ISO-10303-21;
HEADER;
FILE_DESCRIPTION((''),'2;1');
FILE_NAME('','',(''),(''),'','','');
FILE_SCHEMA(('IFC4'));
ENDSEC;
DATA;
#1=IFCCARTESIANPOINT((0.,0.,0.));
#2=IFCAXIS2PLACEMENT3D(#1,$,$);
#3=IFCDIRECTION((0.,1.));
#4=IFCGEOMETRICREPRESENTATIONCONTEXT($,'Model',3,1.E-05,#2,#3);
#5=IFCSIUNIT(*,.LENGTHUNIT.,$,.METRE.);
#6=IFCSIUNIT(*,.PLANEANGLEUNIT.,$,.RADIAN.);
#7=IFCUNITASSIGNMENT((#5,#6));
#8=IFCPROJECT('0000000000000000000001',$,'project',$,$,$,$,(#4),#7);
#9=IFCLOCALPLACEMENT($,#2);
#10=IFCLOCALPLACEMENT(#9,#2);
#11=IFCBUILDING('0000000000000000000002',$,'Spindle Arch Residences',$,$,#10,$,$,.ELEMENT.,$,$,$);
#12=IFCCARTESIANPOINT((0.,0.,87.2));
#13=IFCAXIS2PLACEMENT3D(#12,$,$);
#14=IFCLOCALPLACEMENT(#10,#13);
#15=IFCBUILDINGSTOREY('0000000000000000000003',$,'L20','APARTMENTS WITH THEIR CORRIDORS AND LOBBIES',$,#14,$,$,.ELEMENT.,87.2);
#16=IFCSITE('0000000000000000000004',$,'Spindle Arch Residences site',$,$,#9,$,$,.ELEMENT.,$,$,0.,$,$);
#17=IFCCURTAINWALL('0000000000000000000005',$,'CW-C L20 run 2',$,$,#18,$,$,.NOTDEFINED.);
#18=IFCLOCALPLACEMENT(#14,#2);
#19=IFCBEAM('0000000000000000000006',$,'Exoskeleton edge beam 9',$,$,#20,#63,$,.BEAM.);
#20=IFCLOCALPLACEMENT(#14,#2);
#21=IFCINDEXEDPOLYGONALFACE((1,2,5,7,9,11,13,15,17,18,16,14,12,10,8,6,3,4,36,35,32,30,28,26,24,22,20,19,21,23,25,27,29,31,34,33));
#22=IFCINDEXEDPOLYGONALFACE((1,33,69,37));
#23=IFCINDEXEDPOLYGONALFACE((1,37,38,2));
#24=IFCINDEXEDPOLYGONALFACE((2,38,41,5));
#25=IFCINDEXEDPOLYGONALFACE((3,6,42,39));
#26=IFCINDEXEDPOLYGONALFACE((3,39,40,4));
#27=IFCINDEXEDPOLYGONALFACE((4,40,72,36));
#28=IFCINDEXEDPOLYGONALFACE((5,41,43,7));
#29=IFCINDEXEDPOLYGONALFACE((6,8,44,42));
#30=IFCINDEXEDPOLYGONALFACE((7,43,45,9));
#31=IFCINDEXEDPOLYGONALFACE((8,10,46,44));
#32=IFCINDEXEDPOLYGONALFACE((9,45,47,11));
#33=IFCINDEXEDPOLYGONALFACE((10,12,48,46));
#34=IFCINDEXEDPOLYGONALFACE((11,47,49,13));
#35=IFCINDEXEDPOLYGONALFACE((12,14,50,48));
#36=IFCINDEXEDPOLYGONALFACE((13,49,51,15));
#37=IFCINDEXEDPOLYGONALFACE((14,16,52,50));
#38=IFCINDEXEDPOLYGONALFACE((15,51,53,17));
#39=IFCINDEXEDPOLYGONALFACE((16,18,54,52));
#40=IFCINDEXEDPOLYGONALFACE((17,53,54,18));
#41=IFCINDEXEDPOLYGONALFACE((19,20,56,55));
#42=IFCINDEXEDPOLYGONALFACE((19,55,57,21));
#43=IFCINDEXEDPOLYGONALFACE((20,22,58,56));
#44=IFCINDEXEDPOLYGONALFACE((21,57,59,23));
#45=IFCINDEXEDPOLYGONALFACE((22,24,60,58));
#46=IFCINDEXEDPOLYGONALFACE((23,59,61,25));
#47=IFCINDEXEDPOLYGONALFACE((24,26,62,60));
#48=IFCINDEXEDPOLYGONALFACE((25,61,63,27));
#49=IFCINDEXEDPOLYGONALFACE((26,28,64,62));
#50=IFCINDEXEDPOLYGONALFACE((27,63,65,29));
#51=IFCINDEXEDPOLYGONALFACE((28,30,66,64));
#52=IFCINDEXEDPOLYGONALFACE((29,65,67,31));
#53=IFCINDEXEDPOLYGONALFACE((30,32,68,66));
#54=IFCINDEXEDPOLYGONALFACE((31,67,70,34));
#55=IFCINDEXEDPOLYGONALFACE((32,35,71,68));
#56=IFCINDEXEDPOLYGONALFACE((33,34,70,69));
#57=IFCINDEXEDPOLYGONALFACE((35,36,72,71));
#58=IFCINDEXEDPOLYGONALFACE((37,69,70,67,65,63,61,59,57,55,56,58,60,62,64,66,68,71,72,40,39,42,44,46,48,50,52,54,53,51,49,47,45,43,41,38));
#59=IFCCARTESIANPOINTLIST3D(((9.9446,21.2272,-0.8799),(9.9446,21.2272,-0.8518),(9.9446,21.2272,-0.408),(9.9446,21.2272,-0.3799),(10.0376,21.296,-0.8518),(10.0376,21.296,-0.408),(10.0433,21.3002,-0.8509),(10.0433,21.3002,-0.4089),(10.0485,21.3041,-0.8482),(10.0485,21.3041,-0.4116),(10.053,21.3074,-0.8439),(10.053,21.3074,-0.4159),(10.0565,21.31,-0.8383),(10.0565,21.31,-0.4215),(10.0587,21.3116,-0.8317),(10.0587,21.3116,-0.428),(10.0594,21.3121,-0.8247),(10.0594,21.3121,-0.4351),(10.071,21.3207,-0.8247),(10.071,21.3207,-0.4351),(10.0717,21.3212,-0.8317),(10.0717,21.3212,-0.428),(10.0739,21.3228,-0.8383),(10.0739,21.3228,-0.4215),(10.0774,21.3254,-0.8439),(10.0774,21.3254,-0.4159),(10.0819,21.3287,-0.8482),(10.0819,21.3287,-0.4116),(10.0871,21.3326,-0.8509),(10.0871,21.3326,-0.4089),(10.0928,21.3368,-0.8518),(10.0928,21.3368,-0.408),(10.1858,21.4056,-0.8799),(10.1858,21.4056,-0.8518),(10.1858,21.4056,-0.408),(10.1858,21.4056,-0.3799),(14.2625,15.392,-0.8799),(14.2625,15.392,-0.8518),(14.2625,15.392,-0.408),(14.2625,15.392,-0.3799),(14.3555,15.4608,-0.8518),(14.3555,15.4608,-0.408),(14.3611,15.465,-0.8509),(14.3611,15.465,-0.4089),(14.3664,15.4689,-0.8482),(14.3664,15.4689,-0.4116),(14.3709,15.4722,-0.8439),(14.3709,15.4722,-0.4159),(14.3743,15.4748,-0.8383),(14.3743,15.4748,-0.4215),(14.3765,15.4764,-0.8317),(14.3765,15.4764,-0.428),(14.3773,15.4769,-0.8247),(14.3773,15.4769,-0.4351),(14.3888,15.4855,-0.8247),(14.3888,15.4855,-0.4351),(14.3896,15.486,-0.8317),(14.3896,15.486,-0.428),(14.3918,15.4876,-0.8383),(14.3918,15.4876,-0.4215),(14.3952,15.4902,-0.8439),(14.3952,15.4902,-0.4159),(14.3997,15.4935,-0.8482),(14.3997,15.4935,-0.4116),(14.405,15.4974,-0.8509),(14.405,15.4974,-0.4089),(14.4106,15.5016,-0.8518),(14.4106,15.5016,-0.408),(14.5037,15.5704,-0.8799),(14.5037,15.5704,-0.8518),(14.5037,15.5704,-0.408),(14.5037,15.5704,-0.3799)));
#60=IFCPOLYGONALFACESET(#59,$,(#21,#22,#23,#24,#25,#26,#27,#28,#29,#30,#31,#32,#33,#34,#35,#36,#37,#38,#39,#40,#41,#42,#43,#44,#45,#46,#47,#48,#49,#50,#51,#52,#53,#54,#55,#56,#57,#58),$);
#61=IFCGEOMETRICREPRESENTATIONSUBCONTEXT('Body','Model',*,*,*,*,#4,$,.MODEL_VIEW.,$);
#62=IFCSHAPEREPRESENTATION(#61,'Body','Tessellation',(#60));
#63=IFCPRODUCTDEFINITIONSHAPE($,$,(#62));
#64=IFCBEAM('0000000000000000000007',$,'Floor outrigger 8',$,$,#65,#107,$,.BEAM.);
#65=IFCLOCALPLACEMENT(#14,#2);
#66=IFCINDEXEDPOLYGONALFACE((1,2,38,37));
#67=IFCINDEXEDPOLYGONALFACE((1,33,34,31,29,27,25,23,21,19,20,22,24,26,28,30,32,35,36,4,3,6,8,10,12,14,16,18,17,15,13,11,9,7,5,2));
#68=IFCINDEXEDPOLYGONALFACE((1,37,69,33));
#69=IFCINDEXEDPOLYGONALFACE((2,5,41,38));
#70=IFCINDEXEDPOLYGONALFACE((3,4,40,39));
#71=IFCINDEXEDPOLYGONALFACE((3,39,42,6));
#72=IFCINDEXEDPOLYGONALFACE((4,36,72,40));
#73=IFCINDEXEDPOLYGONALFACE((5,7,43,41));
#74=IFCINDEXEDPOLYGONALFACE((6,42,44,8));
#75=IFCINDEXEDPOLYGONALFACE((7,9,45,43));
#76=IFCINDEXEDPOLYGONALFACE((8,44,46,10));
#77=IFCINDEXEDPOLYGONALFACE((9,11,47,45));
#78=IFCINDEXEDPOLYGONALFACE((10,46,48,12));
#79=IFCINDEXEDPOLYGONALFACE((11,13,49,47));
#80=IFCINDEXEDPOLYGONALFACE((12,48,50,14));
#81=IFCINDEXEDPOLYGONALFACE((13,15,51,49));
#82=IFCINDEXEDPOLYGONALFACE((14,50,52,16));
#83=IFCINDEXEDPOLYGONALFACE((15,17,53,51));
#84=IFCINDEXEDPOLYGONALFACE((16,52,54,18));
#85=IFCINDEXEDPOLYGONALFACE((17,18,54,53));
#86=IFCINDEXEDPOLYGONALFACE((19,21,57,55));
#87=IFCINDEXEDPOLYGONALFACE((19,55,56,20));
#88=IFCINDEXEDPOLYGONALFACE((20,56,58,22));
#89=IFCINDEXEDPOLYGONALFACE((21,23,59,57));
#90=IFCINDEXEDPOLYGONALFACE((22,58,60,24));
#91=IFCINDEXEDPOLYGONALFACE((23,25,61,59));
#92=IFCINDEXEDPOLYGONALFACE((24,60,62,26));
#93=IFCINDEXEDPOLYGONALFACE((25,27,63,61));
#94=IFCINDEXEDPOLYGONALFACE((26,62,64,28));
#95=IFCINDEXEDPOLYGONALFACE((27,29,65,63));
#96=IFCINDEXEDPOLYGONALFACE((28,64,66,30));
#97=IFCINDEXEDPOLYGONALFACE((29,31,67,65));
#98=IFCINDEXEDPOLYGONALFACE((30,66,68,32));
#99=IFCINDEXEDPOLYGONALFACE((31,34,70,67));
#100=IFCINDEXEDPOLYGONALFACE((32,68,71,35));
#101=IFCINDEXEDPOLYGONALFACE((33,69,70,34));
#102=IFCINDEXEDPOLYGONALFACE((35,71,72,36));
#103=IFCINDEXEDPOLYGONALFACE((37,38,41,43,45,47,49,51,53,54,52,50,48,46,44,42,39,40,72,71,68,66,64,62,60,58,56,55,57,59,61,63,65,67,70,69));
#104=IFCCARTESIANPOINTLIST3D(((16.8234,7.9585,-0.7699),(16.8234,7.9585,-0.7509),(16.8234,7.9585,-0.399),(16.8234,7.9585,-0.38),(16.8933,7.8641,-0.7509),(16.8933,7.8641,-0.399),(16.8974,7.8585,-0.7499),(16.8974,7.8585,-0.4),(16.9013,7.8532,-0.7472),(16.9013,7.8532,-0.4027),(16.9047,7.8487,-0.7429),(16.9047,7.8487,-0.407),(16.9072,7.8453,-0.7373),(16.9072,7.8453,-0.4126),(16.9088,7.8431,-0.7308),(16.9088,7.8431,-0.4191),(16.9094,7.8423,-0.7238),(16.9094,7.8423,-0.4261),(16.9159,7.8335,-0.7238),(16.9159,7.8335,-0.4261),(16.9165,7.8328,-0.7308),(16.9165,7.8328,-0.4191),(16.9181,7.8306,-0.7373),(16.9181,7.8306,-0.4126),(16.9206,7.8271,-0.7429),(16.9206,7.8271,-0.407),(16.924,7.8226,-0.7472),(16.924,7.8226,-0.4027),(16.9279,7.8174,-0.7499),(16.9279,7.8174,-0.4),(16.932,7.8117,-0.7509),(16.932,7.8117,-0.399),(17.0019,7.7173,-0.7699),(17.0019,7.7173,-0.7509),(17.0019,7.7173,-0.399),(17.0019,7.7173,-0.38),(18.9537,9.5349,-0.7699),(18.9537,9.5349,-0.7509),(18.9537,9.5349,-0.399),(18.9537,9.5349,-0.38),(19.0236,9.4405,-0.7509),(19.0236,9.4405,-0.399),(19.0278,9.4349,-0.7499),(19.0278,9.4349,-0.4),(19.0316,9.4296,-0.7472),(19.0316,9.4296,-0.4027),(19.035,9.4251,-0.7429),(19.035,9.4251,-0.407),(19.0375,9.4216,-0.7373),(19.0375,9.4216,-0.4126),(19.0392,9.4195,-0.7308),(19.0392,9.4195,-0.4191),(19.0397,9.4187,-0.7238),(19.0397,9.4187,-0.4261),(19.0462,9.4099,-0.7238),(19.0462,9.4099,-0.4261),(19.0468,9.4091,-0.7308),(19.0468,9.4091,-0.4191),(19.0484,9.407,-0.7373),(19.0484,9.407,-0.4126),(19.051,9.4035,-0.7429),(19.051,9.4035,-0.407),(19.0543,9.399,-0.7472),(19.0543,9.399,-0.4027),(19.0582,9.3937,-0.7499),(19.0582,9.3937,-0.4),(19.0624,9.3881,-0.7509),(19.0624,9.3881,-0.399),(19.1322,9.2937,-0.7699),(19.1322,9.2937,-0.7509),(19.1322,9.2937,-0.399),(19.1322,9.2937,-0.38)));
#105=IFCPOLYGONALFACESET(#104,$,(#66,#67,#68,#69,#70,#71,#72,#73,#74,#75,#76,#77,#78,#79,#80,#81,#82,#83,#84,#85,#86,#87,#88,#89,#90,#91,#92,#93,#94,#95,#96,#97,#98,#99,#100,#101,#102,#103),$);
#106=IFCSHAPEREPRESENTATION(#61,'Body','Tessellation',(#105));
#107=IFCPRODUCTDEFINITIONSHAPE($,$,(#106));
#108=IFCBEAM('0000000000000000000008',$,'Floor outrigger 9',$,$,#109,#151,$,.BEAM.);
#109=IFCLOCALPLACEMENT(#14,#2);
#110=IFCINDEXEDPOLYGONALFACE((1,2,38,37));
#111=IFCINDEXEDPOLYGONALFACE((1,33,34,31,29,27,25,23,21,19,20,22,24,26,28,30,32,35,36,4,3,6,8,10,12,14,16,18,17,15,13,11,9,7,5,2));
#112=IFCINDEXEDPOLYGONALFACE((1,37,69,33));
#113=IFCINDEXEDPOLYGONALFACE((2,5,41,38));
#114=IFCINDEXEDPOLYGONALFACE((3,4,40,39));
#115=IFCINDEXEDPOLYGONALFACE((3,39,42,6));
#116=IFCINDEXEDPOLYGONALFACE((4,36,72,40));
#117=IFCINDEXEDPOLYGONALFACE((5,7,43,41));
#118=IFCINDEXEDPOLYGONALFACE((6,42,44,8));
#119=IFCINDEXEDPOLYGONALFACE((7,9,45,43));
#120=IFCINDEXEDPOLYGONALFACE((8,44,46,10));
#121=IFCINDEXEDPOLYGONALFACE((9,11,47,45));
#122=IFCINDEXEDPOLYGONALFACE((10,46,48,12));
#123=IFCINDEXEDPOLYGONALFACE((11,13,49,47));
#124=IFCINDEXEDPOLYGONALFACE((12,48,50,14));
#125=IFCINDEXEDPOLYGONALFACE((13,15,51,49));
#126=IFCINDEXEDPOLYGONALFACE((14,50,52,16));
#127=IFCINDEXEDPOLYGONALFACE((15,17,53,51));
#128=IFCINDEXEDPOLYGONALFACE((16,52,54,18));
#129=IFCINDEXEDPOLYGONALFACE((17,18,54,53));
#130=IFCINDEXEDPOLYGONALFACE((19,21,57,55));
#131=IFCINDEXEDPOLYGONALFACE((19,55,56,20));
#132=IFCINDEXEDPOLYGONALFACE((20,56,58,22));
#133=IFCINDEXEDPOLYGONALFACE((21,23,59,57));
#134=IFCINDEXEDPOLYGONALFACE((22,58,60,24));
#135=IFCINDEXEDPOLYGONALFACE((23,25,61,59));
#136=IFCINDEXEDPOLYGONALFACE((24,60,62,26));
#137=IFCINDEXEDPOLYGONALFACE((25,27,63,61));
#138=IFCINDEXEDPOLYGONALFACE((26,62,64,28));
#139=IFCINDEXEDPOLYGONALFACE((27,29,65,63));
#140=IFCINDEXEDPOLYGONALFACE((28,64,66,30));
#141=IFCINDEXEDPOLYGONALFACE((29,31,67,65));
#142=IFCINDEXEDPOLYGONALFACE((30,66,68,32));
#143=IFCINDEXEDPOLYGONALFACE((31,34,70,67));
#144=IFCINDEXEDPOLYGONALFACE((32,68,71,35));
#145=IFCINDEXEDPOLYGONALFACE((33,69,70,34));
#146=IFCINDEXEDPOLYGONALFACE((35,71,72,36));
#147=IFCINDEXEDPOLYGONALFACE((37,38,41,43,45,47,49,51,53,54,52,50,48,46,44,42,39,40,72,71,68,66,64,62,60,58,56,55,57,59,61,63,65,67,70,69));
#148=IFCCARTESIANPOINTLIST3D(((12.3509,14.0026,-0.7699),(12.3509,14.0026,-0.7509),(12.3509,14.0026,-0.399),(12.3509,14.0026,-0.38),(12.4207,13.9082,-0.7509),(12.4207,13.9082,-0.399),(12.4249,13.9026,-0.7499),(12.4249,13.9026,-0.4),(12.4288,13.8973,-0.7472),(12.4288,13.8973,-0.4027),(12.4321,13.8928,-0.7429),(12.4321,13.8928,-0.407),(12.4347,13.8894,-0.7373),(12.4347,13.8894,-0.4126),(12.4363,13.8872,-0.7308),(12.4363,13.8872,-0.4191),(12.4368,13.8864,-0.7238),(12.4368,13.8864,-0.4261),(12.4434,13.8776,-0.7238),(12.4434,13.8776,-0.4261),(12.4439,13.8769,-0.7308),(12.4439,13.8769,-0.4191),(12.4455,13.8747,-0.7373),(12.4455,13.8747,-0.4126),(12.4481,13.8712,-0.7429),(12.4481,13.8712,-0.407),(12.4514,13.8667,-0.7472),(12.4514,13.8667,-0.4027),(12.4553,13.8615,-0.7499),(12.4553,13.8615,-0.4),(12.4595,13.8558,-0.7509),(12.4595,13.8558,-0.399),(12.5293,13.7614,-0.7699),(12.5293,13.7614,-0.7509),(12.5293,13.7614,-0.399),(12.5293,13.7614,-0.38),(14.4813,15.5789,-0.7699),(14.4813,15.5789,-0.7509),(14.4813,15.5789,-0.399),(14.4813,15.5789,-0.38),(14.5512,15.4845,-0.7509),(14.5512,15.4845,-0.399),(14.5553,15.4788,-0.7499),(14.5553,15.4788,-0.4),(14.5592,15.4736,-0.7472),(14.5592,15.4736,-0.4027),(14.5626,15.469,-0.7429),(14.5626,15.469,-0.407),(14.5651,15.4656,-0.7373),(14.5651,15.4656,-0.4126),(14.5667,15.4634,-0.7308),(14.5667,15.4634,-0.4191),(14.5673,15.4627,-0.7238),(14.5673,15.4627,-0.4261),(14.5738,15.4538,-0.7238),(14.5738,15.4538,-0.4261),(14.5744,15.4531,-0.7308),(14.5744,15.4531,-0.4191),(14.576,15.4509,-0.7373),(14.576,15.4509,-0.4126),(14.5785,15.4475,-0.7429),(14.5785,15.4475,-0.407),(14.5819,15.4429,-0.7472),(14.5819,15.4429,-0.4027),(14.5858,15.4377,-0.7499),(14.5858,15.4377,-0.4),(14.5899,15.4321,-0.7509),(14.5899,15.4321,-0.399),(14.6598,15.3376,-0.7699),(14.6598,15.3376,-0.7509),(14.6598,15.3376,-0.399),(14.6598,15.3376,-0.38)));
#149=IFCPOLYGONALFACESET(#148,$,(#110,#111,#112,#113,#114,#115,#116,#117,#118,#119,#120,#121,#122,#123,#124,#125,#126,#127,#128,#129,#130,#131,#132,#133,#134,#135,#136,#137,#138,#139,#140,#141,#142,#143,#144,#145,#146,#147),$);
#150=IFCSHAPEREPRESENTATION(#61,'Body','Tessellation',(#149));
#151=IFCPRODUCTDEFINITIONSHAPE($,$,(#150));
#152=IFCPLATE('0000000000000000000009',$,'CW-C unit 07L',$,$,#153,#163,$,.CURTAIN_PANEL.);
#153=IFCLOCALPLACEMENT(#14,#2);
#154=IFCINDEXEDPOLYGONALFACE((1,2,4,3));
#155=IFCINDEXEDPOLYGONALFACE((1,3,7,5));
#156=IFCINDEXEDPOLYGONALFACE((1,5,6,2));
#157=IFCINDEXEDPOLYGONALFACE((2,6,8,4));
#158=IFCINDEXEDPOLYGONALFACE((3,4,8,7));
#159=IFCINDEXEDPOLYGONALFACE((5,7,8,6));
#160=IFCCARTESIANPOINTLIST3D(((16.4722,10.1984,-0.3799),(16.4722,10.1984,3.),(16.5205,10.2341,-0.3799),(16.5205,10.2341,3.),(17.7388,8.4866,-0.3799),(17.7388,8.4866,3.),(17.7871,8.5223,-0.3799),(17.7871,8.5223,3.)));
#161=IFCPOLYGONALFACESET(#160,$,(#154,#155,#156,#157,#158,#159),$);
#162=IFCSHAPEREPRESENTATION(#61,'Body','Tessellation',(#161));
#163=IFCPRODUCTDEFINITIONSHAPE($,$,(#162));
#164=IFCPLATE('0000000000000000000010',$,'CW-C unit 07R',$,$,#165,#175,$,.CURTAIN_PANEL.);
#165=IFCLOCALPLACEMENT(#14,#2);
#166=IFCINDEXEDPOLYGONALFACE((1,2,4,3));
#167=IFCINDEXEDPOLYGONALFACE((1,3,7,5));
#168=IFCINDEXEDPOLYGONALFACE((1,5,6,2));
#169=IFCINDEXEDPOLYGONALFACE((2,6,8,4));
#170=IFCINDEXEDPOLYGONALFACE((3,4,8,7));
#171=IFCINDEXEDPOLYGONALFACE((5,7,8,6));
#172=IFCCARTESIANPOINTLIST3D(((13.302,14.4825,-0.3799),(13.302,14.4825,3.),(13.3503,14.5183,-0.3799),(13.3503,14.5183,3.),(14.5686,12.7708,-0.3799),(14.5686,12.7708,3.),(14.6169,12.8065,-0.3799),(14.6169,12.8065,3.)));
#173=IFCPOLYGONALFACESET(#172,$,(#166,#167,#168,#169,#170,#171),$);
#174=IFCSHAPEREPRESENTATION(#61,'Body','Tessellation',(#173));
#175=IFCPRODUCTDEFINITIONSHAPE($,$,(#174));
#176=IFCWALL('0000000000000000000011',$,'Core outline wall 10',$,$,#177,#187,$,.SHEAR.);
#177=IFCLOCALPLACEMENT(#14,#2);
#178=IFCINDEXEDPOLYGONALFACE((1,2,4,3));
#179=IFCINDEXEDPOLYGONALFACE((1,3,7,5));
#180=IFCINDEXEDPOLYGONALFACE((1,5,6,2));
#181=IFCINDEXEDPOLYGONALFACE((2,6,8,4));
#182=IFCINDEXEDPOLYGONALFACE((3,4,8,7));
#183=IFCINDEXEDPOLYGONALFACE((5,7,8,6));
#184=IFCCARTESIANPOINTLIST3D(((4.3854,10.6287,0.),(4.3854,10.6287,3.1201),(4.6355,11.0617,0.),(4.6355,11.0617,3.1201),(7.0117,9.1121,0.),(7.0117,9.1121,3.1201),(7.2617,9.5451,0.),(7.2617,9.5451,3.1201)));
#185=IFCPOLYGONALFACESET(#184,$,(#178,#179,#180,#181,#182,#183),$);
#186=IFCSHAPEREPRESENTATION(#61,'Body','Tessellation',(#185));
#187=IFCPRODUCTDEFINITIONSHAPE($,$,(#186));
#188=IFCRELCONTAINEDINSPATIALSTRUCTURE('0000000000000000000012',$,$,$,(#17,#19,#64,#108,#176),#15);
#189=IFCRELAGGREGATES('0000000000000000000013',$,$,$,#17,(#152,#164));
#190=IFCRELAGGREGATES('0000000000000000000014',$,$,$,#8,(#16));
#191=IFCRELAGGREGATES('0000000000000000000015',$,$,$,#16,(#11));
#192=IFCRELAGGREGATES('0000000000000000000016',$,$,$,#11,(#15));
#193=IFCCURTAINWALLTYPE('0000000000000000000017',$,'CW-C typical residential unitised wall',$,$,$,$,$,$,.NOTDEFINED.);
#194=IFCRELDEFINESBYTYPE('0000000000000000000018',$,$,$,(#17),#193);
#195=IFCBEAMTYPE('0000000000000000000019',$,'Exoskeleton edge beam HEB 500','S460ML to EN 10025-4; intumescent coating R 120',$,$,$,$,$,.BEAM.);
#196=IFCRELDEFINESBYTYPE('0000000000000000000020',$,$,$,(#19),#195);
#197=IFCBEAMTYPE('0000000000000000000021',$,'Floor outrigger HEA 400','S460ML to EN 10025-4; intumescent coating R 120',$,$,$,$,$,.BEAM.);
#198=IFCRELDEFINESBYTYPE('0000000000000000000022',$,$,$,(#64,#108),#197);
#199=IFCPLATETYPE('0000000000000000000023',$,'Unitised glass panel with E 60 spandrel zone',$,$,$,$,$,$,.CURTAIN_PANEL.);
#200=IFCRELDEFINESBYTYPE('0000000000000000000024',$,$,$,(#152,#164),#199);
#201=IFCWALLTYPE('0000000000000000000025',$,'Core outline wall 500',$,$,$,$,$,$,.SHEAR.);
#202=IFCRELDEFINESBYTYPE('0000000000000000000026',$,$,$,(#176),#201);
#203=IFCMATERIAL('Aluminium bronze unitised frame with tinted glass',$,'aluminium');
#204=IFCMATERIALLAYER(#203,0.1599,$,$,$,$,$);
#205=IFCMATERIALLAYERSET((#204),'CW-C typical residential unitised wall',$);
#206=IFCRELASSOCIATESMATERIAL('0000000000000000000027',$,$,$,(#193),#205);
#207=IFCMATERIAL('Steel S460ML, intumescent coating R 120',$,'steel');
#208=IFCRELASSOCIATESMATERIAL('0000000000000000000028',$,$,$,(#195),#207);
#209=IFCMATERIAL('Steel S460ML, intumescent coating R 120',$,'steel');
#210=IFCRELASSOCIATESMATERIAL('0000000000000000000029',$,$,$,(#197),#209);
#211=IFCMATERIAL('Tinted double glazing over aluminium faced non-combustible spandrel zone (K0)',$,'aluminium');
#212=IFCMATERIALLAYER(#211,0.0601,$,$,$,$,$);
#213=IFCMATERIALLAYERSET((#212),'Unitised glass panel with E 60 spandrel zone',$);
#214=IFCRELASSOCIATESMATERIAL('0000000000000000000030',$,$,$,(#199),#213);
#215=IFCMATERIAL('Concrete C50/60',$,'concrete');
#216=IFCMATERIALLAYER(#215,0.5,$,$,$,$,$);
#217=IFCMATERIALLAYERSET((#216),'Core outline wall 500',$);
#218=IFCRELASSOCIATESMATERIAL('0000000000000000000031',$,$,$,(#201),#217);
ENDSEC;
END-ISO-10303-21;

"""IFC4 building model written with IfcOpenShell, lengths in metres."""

from ifc_helpers import new_model, si_unit, direction, frame, frame_2d, origin, origin_2d, place, context, subcontext, project, spatial, rectangle, i_section, extrude, material, layer, layer_set, material_profile, profile_set, type_object, element, aggregate, save


model = new_model("IFC4")

# Units and contexts
model_context = context("Model", 3, precision=1e-05, world=origin(), true_north=direction((0.0, 1.0)))
body_context = subcontext(model_context, "Body", "Model", "MODEL_VIEW")
ifc_project = project(units=[si_unit("LENGTHUNIT", "METRE"), si_unit("PLANEANGLEUNIT", "RADIAN")], contexts=[model_context])

# Site, building, storey
site_placement = place(None, origin())
site = spatial("IfcSite", under=ifc_project, at=site_placement, Name="Spindle Arch Residences site", CompositionType="ELEMENT", RefElevation=0.0)
building_placement = place(site_placement, origin())
building = spatial("IfcBuilding", under=site, at=building_placement, Name="Spindle Arch Residences", CompositionType="ELEMENT")
storey_placement = place(building_placement, frame((0.0, 0.0, 87.2)))
storey = spatial("IfcBuildingStorey", under=building, at=storey_placement, Name="L20", Description="APARTMENTS WITH THEIR CORRIDORS AND LOBBIES", CompositionType="ELEMENT", Elevation=87.2)

# Curtain wall
ifc_material_1 = material(Name="Aluminium bronze unitised frame with tinted glass", Category="aluminium")
ifc_layer_1 = layer(ifc_material_1, 0.1599)
ifc_layer_set_1 = layer_set([ifc_layer_1], Name="CW-C typical residential unitised wall")
curtain_wall_type = type_object("IfcCurtainWallType", Name="CW-C typical residential unitised wall", PredefinedType="NOTDEFINED", material=ifc_layer_set_1)
curtain_wall_placement = place(storey_placement, origin())
curtain_wall = element("IfcCurtainWall", 1, at=curtain_wall_placement, inside=storey, type_object=curtain_wall_type, Name="CW-C L20 run 2", PredefinedType="NOTDEFINED")

# Beams
ifc_material_2 = material(Name="Steel S460ML, intumescent coating R 120", Category="steel")
ifc_material_profile_1 = material_profile(ifc_material_2, i_section(OverallWidth=0.3, OverallDepth=0.5, WebThickness=0.0144, FlangeThickness=0.0281, FilletRadius=0.0271, at=origin_2d()), Name="HEB 500")
ifc_profile_set_1 = profile_set([ifc_material_profile_1], Name="Steel S460ML, intumescent coating R 120")
beam_type_1 = type_object("IfcBeamType", Name="Exoskeleton edge beam HEB 500", Description="S460ML to EN 10025-4; intumescent coating R 120", PredefinedType="BEAM", material=ifc_profile_set_1)
beam_1_placement = place(storey_placement, frame((14.3831, 15.4812, -0.6299), z_axis=(-0.594827, 0.803854, 0.0), x_axis=(-0.803854, -0.594827, 0.0)))
element("IfcBeam", 2, at=beam_1_placement, inside=storey, type_object=beam_type_1, Name="Exoskeleton edge beam 9", PredefinedType="BEAM", context=body_context, shape_type="SweptSolid", body=[
    extrude(i_section(OverallWidth=0.3, OverallDepth=0.5, WebThickness=0.0144, FlangeThickness=0.0281, FilletRadius=0.0271, at=origin_2d()), origin(), (0.0, 0.0, 1.0), 7.259),
])
ifc_material_3 = material(Name="Steel S460ML, intumescent coating R 120", Category="steel")
ifc_material_profile_2 = material_profile(ifc_material_3, i_section(OverallWidth=0.3, OverallDepth=0.3899, WebThickness=0.011, FlangeThickness=0.019, FilletRadius=0.0271, at=origin_2d()), Name="HEA 400")
ifc_profile_set_2 = profile_set([ifc_material_profile_2], Name="Steel S460ML, intumescent coating R 120")
beam_type_2 = type_object("IfcBeamType", Name="Floor outrigger HEA 400", Description="S460ML to EN 10025-4; intumescent coating R 120", PredefinedType="BEAM", material=ifc_profile_set_2)
for number, where, z_axis, x_axis, name in (
    (3, (19.043, 9.4143, -0.575), (-0.803852, -0.594829, 0.0), (0.594829, -0.803852, 0.0), "Floor outrigger 8"),
    (4, (14.5706, 15.4583, -0.575), (-0.803897, -0.594769, 0.0), (0.594769, -0.803897, 0.0), "Floor outrigger 9"),
):
    element("IfcBeam", number, at=place(storey_placement, frame(where, z_axis=z_axis, x_axis=x_axis)), inside=storey, type_object=beam_type_2, Name=name, PredefinedType="BEAM", context=body_context, shape_type="SweptSolid", body=[
        extrude(i_section(OverallWidth=0.3, OverallDepth=0.3899, WebThickness=0.011, FlangeThickness=0.019, FilletRadius=0.0271, at=origin_2d()), origin(), (0.0, 0.0, 1.0), 2.6501),
    ])

# Plates
ifc_material_4 = material(Name="Tinted double glazing over aluminium faced non-combustible spandrel zone (K0)", Category="aluminium")
ifc_layer_2 = layer(ifc_material_4, 0.0601)
ifc_layer_set_2 = layer_set([ifc_layer_2], Name="Unitised glass panel with E 60 spandrel zone")
plate_type = type_object("IfcPlateType", Name="Unitised glass panel with E 60 spandrel zone", PredefinedType="CURTAIN_PANEL", material=ifc_layer_set_2)
plate_1_placement = place(storey_placement, frame((17.1296, 9.3604, -0.3799), z_axis=(0.0, 0.0, 1.0), x_axis=(-0.594823, 0.803857, 0.0)))
plate_1 = element("IfcPlate", 5, at=plate_1_placement, type_object=plate_type, Name="CW-C unit 07L", PredefinedType="CURTAIN_PANEL", context=body_context, shape_type="SweptSolid", body=[
    extrude(rectangle(XDim=2.1294, YDim=0.0601, at=origin_2d()), origin(), (0.0, 0.0, 1.0), 3.3799),
])
plate_2_placement = place(storey_placement, frame((13.9595, 13.6445, -0.3799), z_axis=(0.0, 0.0, 1.0), x_axis=(-0.594823, 0.803857, 0.0)))
plate_2 = element("IfcPlate", 6, at=plate_2_placement, type_object=plate_type, Name="CW-C unit 07R", PredefinedType="CURTAIN_PANEL", context=body_context, shape_type="SweptSolid", body=[
    extrude(rectangle(XDim=2.1294, YDim=0.0601, at=origin_2d()), origin(), (0.0, 0.0, 1.0), 3.3799),
])
aggregate(curtain_wall, [plate_1, plate_2])

# Wall
ifc_material_5 = material(Name="Concrete C50/60", Category="concrete")
ifc_layer_3 = layer(ifc_material_5, 0.5)
ifc_layer_set_3 = layer_set([ifc_layer_3], Name="Core outline wall 500")
wall_type_1 = type_object("IfcWallType", Name="Core outline wall 500", PredefinedType="SHEAR", material=ifc_layer_set_3)
wall_1_placement = place(storey_placement, frame((7.1367, 9.3286, 0.0), z_axis=(0.0, 0.0, 1.0), x_axis=(-0.865975, 0.500087, 0.0)))
element("IfcWall", 7, at=wall_1_placement, inside=storey, type_object=wall_type_1, Name="Core outline wall 10", PredefinedType="SHEAR", context=body_context, shape_type="SweptSolid", body=[
    extrude(rectangle(XDim=3.0327, YDim=0.5, at=frame_2d((1.5164, 0.0))), origin(), (0.0, 0.0, 1.0), 3.1201),
])

save(model, "model.ifc")
